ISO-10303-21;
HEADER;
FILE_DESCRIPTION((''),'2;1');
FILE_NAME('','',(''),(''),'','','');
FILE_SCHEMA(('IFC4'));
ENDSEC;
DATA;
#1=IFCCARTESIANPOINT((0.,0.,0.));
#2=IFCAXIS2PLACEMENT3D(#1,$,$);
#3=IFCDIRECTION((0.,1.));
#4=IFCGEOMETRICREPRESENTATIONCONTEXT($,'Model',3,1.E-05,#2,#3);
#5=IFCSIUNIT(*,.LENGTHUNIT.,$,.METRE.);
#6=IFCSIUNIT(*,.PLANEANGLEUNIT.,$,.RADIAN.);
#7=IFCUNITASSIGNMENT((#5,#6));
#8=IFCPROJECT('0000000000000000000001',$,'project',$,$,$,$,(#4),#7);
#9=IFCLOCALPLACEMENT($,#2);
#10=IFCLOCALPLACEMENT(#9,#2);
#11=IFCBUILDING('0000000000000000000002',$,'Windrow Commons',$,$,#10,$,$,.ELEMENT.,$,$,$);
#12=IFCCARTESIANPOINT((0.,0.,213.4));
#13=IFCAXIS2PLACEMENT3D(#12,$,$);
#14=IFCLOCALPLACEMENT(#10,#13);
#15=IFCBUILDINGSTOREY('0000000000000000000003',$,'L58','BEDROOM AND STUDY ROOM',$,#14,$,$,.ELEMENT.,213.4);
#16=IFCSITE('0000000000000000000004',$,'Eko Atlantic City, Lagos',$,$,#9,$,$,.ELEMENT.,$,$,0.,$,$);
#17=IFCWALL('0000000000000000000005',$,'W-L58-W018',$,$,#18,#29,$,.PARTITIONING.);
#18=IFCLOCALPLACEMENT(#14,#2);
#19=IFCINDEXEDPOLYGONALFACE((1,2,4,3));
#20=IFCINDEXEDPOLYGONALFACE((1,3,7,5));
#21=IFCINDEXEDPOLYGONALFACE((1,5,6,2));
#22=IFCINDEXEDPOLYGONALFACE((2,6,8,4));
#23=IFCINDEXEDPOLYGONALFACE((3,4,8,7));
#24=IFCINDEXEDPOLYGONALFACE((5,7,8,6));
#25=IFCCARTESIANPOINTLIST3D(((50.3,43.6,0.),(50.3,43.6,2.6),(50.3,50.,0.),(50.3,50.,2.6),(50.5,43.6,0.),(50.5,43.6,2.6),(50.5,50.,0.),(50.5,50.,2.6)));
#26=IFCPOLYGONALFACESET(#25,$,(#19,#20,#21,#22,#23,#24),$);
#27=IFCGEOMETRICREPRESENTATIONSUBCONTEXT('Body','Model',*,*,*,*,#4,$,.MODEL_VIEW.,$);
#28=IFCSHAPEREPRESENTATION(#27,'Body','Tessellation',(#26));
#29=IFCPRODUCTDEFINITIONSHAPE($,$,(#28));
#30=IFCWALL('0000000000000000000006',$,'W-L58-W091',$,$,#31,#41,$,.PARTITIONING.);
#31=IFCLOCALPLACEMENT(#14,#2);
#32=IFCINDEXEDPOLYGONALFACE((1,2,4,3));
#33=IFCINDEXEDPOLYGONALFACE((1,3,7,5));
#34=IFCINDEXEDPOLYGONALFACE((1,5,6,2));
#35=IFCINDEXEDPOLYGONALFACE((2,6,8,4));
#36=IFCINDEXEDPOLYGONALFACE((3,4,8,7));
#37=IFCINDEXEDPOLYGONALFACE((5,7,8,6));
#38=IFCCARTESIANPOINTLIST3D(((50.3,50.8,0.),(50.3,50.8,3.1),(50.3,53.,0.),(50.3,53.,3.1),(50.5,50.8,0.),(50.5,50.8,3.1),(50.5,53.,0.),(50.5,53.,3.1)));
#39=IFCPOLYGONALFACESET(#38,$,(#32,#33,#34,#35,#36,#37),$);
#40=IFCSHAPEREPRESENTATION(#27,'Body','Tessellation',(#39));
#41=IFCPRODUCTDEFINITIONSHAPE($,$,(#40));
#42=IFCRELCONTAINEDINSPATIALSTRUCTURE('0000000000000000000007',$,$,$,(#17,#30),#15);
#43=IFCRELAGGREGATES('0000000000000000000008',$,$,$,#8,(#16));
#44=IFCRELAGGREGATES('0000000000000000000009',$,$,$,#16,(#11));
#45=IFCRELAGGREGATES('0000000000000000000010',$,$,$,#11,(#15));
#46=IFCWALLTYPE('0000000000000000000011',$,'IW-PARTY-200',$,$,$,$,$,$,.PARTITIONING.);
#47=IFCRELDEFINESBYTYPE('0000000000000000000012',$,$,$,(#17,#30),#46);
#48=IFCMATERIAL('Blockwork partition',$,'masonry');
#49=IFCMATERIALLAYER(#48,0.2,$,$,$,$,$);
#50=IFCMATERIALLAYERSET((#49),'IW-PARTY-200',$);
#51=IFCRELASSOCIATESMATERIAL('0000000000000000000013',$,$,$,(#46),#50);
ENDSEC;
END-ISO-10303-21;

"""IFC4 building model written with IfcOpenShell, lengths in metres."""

from ifc_helpers import new_model, si_unit, direction, frame, frame_2d, origin, place, context, subcontext, project, spatial, rectangle, extrude, material, layer, layer_set, type_object, element, save


model = new_model("IFC4")

# Units and contexts
model_context = context("Model", 3, precision=1e-05, world=origin(), true_north=direction((0.0, 1.0)))
body_context = subcontext(model_context, "Body", "Model", "MODEL_VIEW")
ifc_project = project(units=[si_unit("LENGTHUNIT", "METRE"), si_unit("PLANEANGLEUNIT", "RADIAN")], contexts=[model_context])

# Site, building, storey
site_placement = place(None, origin())
site = spatial("IfcSite", under=ifc_project, at=site_placement, Name="Eko Atlantic City, Lagos", CompositionType="ELEMENT", RefElevation=0.0)
building_placement = place(site_placement, origin())
building = spatial("IfcBuilding", under=site, at=building_placement, Name="Windrow Commons", CompositionType="ELEMENT")
storey_placement = place(building_placement, frame((0.0, 0.0, 213.4)))
storey = spatial("IfcBuildingStorey", under=building, at=storey_placement, Name="L58", Description="BEDROOM AND STUDY ROOM", CompositionType="ELEMENT", Elevation=213.4)

# Walls
ifc_material_1 = material(Name="Blockwork partition", Category="masonry")
ifc_layer_1 = layer(ifc_material_1, 0.2)
ifc_layer_set_1 = layer_set([ifc_layer_1], Name="IW-PARTY-200")
wall_type_1 = type_object("IfcWallType", Name="IW-PARTY-200", PredefinedType="PARTITIONING", material=ifc_layer_set_1)
for number, where, z_axis, x_axis, name in (
    (1, (50.4, 43.6, 0.0), (0.0, 0.0, 1.0), (0.0, 1.0, 0.0), "W-L58-W018"),
):
    element("IfcWall", number, at=place(storey_placement, frame(where, z_axis=z_axis, x_axis=x_axis)), inside=storey, type_object=wall_type_1, Name=name, PredefinedType="PARTITIONING", context=body_context, shape_type="SweptSolid", body=[
        extrude(rectangle(XDim=6.4, YDim=0.2, at=frame_2d((3.2, 0.0))), origin(), (0.0, 0.0, 1.0), 2.6),
    ])
wall_1_placement = place(storey_placement, frame((50.4, 50.8, 0.0), z_axis=(0.0, 0.0, 1.0), x_axis=(0.0, 1.0, 0.0)))
element("IfcWall", 2, at=wall_1_placement, inside=storey, type_object=wall_type_1, Name="W-L58-W091", PredefinedType="PARTITIONING", context=body_context, shape_type="SweptSolid", body=[
    extrude(rectangle(XDim=2.2, YDim=0.2, at=frame_2d((1.1, 0.0))), origin(), (0.0, 0.0, 1.0), 3.1),
])

save(model, "model.ifc")
